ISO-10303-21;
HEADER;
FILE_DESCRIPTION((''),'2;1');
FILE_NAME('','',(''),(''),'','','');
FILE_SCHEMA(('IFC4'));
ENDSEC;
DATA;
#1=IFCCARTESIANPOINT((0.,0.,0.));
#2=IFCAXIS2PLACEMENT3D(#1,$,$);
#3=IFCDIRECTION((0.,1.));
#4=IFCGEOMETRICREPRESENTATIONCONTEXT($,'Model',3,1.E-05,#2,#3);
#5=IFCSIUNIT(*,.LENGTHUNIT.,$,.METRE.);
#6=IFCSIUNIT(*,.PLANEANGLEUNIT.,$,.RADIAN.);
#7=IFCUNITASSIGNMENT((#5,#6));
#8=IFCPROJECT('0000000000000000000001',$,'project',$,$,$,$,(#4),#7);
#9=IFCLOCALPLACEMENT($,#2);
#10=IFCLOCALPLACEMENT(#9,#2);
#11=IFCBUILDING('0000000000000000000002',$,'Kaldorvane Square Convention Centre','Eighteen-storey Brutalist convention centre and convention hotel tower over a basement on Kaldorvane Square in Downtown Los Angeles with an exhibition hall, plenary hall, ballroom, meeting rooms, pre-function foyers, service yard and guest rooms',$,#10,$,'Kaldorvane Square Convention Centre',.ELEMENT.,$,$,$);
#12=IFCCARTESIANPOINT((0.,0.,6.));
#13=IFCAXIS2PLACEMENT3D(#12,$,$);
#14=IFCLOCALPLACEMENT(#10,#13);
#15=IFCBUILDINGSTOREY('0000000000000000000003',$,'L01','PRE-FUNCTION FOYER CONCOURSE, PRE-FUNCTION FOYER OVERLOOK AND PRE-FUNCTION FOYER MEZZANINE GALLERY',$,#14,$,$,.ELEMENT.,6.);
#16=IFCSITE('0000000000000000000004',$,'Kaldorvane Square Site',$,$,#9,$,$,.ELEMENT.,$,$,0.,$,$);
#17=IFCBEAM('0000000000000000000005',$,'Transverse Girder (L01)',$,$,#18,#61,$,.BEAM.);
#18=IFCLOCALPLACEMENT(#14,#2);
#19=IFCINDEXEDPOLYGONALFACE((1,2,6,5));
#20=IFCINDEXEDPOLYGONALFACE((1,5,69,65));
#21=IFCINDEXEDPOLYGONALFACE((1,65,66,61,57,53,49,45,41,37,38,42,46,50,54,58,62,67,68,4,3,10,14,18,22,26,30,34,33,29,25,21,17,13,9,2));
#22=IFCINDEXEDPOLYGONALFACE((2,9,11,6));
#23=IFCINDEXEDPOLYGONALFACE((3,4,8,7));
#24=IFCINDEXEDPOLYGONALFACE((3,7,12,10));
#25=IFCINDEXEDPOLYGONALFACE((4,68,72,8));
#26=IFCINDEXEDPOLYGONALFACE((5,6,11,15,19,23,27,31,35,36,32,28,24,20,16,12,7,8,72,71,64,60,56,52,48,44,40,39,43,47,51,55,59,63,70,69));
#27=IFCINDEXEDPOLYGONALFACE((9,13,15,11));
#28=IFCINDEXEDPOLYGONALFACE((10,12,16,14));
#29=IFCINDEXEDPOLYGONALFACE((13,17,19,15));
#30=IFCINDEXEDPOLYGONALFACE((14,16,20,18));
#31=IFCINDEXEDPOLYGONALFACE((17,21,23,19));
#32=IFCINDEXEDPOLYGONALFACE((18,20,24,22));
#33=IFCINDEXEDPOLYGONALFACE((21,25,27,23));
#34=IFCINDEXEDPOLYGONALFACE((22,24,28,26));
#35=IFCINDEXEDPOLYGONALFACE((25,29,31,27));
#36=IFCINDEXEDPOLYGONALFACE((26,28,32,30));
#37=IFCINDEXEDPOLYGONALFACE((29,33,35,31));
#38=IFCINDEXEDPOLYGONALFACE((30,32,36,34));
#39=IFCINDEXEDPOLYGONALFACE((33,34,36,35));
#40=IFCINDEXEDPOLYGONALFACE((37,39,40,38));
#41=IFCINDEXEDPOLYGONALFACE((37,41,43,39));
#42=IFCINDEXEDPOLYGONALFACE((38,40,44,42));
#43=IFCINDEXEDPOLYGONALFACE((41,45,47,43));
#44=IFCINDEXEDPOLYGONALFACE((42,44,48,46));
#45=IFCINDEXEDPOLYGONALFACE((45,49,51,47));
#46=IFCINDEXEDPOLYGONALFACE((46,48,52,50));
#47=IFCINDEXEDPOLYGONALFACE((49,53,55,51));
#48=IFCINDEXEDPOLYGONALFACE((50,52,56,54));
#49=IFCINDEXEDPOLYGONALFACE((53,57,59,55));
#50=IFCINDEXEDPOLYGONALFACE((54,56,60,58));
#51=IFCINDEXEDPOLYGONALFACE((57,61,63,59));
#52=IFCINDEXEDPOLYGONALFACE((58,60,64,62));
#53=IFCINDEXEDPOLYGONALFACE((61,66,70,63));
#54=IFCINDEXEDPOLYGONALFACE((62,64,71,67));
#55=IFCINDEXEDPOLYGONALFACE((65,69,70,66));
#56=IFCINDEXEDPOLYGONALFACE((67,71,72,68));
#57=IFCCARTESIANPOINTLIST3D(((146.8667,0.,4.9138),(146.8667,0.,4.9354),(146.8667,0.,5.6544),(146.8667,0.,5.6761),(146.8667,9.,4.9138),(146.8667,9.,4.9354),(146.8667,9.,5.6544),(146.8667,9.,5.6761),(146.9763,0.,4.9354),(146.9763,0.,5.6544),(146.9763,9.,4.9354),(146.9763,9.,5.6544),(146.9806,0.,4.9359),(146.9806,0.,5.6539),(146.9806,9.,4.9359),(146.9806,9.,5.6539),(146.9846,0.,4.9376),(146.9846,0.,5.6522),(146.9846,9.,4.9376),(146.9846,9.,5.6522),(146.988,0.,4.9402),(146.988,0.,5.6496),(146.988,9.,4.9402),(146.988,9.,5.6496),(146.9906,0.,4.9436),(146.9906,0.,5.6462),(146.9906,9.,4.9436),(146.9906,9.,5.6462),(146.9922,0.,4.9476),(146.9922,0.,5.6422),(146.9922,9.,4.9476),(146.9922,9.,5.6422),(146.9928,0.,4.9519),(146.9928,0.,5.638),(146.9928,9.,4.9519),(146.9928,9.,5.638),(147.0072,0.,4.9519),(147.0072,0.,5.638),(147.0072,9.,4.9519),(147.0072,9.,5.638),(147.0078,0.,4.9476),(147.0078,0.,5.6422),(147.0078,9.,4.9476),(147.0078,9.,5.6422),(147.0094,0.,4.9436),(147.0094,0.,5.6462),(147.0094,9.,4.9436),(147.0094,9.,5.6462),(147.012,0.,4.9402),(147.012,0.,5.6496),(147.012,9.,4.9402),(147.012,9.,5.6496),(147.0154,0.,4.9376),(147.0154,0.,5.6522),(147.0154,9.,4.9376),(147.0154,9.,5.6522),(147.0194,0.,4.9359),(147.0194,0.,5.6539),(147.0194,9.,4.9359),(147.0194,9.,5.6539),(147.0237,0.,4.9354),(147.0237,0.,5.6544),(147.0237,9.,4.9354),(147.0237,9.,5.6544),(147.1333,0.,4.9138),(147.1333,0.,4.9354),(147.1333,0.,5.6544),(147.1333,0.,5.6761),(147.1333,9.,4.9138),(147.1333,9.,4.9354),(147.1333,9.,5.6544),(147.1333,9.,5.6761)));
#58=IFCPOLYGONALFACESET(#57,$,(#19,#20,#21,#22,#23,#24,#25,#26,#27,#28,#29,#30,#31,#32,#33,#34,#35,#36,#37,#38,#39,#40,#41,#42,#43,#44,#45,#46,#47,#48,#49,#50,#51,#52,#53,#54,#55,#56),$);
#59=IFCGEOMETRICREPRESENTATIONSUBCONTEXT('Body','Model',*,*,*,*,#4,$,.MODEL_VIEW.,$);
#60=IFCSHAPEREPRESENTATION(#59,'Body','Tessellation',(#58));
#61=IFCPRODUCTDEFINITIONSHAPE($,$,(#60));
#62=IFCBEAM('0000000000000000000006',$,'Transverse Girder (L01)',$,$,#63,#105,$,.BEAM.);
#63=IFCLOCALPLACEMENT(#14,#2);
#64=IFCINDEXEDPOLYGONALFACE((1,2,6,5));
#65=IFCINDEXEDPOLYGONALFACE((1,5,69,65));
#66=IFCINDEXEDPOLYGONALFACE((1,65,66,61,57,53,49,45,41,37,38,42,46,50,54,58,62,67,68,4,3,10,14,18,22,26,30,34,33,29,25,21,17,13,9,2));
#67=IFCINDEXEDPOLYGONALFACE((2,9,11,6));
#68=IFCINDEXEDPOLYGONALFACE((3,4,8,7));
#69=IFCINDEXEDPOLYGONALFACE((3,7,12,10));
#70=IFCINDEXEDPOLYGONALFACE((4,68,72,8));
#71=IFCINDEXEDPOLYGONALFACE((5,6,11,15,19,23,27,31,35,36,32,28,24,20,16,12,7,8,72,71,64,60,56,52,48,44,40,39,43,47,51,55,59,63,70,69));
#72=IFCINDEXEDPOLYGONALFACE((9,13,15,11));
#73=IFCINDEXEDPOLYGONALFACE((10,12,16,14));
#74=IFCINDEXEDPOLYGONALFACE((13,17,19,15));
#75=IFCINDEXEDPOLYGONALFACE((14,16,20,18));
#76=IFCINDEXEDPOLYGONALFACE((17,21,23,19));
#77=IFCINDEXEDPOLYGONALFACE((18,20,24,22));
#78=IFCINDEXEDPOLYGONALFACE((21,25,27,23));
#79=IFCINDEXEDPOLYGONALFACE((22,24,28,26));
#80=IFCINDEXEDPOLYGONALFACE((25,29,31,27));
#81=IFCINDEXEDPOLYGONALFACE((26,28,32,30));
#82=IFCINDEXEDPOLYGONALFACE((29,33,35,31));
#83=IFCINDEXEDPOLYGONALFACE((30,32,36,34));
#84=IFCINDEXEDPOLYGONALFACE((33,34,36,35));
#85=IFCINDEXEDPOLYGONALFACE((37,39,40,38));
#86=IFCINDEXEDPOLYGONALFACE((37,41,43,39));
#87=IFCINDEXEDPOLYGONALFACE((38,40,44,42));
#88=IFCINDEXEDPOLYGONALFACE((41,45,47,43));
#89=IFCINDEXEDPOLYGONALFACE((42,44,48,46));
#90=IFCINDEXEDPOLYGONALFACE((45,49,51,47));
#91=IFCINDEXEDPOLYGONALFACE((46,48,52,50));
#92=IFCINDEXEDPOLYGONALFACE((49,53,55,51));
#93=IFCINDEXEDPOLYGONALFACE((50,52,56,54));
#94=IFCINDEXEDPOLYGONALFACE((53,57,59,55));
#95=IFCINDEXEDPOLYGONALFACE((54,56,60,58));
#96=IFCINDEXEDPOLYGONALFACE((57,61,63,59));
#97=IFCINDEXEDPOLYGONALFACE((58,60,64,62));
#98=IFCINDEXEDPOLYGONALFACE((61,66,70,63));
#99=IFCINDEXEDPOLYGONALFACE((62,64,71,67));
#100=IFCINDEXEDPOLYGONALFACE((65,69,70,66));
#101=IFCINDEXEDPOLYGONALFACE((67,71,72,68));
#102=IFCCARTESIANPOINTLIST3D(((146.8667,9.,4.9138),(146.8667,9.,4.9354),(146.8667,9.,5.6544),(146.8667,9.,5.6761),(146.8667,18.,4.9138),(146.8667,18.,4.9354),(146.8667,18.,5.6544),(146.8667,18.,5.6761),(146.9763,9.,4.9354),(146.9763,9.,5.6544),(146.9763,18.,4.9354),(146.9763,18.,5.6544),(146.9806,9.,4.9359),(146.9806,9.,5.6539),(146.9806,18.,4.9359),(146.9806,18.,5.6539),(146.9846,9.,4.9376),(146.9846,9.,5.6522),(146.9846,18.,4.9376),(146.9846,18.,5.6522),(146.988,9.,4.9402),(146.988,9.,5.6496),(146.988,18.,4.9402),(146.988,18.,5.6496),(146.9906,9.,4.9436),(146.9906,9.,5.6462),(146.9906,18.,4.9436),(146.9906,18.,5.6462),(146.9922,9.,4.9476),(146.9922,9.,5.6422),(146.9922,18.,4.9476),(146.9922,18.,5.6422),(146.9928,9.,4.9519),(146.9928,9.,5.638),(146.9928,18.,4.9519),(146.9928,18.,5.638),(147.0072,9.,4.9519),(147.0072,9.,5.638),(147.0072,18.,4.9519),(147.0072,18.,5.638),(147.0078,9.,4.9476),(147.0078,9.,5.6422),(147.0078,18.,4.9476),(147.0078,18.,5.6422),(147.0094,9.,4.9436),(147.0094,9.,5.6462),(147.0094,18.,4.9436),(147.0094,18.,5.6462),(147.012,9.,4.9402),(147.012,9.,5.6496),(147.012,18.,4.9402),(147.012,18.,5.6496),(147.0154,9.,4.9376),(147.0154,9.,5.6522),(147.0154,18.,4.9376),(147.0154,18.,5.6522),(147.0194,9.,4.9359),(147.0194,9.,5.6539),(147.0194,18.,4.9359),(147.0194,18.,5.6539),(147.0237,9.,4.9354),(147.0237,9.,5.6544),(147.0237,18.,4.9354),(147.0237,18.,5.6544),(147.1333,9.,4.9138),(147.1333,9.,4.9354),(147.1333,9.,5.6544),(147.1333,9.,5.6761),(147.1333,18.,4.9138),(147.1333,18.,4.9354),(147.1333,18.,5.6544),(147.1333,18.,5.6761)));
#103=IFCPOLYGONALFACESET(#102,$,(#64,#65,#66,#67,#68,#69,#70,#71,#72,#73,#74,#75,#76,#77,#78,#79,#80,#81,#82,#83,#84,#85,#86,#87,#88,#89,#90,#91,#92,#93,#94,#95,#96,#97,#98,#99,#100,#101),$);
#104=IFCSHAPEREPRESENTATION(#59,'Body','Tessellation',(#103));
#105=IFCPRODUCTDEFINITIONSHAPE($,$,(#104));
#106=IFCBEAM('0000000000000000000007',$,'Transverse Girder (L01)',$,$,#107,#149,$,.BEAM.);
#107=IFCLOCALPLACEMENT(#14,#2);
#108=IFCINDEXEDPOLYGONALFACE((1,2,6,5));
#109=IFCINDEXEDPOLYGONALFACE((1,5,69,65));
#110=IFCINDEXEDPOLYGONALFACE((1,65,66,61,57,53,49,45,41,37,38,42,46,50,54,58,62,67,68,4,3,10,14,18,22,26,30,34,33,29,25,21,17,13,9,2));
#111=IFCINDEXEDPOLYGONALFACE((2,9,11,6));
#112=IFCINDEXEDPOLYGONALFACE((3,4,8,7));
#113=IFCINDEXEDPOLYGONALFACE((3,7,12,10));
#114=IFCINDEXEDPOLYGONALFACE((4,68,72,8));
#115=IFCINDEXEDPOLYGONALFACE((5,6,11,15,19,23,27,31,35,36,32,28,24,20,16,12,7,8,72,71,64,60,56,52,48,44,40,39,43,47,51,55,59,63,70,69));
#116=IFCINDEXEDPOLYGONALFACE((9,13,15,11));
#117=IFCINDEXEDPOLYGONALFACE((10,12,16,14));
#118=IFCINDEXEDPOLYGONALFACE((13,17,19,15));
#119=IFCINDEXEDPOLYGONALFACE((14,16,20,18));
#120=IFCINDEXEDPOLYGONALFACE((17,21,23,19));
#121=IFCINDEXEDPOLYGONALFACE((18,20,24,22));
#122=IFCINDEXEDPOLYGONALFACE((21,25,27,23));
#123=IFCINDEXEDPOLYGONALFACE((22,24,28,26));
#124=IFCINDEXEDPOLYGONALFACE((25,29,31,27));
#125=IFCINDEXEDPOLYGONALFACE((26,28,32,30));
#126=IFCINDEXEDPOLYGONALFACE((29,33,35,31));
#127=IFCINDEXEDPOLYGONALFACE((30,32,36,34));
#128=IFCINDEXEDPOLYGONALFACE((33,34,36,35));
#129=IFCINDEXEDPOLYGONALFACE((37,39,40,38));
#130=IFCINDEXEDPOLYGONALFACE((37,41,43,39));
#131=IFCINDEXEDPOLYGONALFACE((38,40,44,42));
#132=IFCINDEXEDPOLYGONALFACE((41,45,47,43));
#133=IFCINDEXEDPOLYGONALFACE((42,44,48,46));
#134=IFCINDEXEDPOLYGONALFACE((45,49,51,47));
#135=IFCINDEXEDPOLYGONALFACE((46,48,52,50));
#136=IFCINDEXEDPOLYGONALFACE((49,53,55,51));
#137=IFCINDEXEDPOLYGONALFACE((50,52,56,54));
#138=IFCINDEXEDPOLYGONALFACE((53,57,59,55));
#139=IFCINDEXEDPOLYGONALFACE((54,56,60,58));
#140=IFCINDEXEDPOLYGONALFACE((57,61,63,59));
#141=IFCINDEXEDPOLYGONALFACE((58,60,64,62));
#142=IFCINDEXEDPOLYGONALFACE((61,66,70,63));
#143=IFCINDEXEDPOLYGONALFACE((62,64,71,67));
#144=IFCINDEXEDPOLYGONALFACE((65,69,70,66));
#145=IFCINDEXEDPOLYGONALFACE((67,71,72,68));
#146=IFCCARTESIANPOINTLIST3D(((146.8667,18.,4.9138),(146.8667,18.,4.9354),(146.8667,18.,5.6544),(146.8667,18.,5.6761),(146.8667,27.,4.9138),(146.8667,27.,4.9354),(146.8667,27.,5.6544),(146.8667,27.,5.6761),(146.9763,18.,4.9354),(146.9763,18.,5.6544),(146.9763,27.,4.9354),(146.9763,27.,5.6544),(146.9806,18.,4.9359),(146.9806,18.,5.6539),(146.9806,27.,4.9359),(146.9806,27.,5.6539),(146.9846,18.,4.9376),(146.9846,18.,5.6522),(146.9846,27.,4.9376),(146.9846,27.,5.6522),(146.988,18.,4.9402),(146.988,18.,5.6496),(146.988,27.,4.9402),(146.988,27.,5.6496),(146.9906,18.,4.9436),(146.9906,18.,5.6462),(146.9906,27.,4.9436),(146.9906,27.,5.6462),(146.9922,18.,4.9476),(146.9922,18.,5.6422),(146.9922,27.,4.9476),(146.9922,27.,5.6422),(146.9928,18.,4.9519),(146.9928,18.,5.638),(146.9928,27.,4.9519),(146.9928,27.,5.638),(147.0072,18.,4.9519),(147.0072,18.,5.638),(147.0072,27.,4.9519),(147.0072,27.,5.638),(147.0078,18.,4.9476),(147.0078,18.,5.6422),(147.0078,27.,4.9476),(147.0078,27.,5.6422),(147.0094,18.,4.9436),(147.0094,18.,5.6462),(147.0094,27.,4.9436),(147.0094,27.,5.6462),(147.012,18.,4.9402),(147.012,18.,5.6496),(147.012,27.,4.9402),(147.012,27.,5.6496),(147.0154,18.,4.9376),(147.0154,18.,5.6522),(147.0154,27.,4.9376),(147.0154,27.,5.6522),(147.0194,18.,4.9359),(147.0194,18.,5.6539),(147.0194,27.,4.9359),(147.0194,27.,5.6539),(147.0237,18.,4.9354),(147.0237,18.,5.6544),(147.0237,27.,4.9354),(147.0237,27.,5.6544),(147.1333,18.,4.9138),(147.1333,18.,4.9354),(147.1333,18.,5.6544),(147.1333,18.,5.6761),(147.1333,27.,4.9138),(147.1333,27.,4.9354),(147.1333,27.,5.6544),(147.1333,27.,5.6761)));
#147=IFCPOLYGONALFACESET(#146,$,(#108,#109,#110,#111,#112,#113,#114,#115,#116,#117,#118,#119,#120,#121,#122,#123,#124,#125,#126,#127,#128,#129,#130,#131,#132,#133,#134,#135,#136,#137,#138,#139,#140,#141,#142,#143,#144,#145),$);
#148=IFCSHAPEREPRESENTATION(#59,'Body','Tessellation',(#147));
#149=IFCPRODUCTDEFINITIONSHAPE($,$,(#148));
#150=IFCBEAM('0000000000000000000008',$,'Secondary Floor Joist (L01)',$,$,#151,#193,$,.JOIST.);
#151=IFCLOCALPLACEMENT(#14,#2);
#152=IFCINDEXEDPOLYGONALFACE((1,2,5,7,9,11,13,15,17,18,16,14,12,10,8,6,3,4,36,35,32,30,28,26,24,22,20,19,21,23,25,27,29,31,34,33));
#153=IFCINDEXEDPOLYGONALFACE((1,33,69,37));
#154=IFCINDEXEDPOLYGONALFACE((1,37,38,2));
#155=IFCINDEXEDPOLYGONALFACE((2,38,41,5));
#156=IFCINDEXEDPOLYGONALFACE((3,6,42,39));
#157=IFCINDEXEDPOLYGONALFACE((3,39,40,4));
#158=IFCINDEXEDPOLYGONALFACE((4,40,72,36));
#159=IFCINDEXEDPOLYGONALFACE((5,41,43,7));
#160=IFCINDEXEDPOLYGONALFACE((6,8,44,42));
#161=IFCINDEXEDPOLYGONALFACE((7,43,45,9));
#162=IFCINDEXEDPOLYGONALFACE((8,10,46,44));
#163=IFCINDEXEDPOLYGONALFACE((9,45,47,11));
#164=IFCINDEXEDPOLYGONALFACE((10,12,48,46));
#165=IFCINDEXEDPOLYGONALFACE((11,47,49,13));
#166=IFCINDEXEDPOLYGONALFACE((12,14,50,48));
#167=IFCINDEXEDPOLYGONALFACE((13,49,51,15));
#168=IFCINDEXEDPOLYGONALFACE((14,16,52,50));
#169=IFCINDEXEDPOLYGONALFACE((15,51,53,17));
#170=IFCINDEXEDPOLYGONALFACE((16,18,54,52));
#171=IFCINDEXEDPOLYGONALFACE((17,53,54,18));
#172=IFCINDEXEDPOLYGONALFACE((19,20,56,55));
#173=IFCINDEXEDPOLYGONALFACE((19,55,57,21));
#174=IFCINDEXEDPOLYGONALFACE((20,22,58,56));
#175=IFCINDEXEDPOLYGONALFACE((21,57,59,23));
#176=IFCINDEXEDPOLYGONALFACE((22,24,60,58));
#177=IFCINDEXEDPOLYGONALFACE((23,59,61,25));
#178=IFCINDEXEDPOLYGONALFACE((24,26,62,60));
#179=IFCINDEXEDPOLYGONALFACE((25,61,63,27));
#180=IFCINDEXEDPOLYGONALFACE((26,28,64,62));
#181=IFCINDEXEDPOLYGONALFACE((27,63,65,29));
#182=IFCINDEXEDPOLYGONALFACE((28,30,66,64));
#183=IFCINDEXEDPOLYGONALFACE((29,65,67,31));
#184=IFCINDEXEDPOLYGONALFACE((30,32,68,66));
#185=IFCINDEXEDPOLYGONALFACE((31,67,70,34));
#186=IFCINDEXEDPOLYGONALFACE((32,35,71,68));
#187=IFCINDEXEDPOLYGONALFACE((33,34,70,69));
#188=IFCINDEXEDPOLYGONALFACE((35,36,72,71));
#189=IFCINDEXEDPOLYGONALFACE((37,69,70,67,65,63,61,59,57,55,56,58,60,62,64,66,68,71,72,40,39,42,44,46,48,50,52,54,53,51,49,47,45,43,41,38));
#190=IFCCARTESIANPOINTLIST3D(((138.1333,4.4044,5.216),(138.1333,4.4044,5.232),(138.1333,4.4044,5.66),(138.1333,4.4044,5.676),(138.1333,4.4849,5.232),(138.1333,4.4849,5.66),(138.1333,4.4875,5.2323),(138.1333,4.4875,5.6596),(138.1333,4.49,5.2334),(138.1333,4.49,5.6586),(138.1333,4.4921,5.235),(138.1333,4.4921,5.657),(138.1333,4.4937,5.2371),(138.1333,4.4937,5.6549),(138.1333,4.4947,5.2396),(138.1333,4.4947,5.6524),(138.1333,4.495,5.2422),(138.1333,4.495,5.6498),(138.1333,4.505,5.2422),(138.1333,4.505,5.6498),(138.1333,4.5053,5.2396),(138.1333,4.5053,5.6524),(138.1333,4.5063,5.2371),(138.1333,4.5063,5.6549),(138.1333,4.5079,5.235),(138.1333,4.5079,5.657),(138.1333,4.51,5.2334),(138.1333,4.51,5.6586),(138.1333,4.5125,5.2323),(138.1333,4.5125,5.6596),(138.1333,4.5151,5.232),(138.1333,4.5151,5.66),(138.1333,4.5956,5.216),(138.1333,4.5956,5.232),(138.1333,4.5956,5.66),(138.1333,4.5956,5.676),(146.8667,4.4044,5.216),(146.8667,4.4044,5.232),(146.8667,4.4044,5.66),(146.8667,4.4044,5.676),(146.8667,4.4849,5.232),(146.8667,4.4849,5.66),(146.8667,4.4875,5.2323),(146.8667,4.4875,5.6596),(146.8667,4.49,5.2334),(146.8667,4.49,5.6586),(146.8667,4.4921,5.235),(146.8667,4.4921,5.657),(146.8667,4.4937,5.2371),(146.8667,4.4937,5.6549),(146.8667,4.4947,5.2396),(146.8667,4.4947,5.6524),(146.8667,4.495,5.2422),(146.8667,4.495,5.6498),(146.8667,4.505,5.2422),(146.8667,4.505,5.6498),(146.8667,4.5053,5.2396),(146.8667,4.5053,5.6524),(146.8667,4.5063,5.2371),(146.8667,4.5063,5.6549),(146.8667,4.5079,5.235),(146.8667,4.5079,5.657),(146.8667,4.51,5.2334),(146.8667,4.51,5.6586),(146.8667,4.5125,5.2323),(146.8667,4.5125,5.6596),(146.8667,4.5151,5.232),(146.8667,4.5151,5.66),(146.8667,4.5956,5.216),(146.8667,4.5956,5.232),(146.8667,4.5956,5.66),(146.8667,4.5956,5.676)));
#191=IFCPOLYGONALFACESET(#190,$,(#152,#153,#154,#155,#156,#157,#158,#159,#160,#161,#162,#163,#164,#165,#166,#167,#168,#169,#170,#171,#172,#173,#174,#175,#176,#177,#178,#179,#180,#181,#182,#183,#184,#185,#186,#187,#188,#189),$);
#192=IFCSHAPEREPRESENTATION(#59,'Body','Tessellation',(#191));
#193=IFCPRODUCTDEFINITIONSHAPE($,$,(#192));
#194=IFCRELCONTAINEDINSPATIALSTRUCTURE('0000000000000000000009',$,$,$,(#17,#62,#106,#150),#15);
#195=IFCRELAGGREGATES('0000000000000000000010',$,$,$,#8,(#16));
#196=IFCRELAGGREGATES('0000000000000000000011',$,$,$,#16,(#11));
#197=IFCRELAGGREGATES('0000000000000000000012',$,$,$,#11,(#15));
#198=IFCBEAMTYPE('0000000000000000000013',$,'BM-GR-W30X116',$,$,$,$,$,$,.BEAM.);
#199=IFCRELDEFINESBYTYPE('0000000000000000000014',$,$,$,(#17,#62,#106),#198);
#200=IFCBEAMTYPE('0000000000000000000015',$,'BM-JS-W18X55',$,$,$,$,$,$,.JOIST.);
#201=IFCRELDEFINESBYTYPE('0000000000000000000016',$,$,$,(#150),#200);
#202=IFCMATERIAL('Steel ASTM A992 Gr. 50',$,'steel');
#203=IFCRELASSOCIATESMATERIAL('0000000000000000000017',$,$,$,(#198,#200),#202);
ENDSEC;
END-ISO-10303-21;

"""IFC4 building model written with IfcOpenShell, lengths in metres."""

from ifc_helpers import new_model, si_unit, direction, frame, origin, origin_2d, place, context, subcontext, project, spatial, i_section, extrude, material, material_profile, profile_set, type_object, element, save


model = new_model("IFC4")

# Units and contexts
model_context = context("Model", 3, precision=1e-05, world=origin(), true_north=direction((0.0, 1.0)))
body_context = subcontext(model_context, "Body", "Model", "MODEL_VIEW")
ifc_project = project(units=[si_unit("LENGTHUNIT", "METRE"), si_unit("PLANEANGLEUNIT", "RADIAN")], contexts=[model_context])

# Site, building, storey
site_placement = place(None, origin())
site = spatial("IfcSite", under=ifc_project, at=site_placement, Name="Kaldorvane Square Site", CompositionType="ELEMENT", RefElevation=0.0)
building_placement = place(site_placement, origin())
building = spatial("IfcBuilding", under=site, at=building_placement, Name="Kaldorvane Square Convention Centre", Description="Eighteen-storey Brutalist convention centre and convention hotel tower over a basement on Kaldorvane Square in Downtown Los Angeles with an exhibition hall, plenary hall, ballroom, meeting rooms, pre-function foyers, service yard and guest rooms", LongName="Kaldorvane Square Convention Centre", CompositionType="ELEMENT")
storey_placement = place(building_placement, frame((0.0, 0.0, 6.0)))
storey = spatial("IfcBuildingStorey", under=building, at=storey_placement, Name="L01", Description="PRE-FUNCTION FOYER CONCOURSE, PRE-FUNCTION FOYER OVERLOOK AND PRE-FUNCTION FOYER MEZZANINE GALLERY", CompositionType="ELEMENT", Elevation=6.0)

# Shared definitions
ifc_material_1 = material(Name="Steel ASTM A992 Gr. 50", Category="steel")

# Beams
ifc_material_profile_1 = material_profile(ifc_material_1, i_section(OverallWidth=0.2666, OverallDepth=0.7623, WebThickness=0.0144, FlangeThickness=0.0216, FilletRadius=0.0165, at=origin_2d()), Name="W30X116")
ifc_profile_set_1 = profile_set([ifc_material_profile_1], Name="Steel ASTM A992 Gr. 50")
beam_type_1 = type_object("IfcBeamType", Name="BM-GR-W30X116", PredefinedType="BEAM", material=ifc_profile_set_1)
for number, where, z_axis, x_axis, name in (
    (1, (147.0, 0.0, 5.2949), (0.0, 1.0, 0.0), (-1.0, 0.0, 0.0), "Transverse Girder (L01)"),
    (2, (147.0, 9.0, 5.2949), (0.0, 1.0, 0.0), (-1.0, 0.0, 0.0), "Transverse Girder (L01)"),
    (3, (147.0, 18.0, 5.2949), (0.0, 1.0, 0.0), (-1.0, 0.0, 0.0), "Transverse Girder (L01)"),
):
    element("IfcBeam", number, at=place(storey_placement, frame(where, z_axis=z_axis, x_axis=x_axis)), inside=storey, type_object=beam_type_1, Name=name, PredefinedType="BEAM", context=body_context, shape_type="SweptSolid", body=[
        extrude(i_section(OverallWidth=0.2666, OverallDepth=0.7623, WebThickness=0.0144, FlangeThickness=0.0216, FilletRadius=0.0165, at=origin_2d()), origin(), (0.0, 0.0, 1.0), 9.0),
    ])
ifc_material_profile_2 = material_profile(ifc_material_1, i_section(OverallWidth=0.1913, OverallDepth=0.46, WebThickness=0.0099, FlangeThickness=0.016, FilletRadius=0.0102, at=origin_2d()), Name="W18X55")
ifc_profile_set_2 = profile_set([ifc_material_profile_2], Name="Steel ASTM A992 Gr. 50")
beam_type_2 = type_object("IfcBeamType", Name="BM-JS-W18X55", PredefinedType="JOIST", material=ifc_profile_set_2)
for number, where, z_axis, x_axis, name in (
    (4, (138.1333, 4.5, 5.446), (1.0, 0.0, 0.0), (0.0, 1.0, 0.0), "Secondary Floor Joist (L01)"),
):
    element("IfcBeam", number, at=place(storey_placement, frame(where, z_axis=z_axis, x_axis=x_axis)), inside=storey, type_object=beam_type_2, Name=name, PredefinedType="JOIST", context=body_context, shape_type="SweptSolid", body=[
        extrude(i_section(OverallWidth=0.1913, OverallDepth=0.46, WebThickness=0.0099, FlangeThickness=0.016, FilletRadius=0.0102, at=origin_2d()), origin(), (0.0, 0.0, 1.0), 8.7334),
    ])

save(model, "model.ifc")
